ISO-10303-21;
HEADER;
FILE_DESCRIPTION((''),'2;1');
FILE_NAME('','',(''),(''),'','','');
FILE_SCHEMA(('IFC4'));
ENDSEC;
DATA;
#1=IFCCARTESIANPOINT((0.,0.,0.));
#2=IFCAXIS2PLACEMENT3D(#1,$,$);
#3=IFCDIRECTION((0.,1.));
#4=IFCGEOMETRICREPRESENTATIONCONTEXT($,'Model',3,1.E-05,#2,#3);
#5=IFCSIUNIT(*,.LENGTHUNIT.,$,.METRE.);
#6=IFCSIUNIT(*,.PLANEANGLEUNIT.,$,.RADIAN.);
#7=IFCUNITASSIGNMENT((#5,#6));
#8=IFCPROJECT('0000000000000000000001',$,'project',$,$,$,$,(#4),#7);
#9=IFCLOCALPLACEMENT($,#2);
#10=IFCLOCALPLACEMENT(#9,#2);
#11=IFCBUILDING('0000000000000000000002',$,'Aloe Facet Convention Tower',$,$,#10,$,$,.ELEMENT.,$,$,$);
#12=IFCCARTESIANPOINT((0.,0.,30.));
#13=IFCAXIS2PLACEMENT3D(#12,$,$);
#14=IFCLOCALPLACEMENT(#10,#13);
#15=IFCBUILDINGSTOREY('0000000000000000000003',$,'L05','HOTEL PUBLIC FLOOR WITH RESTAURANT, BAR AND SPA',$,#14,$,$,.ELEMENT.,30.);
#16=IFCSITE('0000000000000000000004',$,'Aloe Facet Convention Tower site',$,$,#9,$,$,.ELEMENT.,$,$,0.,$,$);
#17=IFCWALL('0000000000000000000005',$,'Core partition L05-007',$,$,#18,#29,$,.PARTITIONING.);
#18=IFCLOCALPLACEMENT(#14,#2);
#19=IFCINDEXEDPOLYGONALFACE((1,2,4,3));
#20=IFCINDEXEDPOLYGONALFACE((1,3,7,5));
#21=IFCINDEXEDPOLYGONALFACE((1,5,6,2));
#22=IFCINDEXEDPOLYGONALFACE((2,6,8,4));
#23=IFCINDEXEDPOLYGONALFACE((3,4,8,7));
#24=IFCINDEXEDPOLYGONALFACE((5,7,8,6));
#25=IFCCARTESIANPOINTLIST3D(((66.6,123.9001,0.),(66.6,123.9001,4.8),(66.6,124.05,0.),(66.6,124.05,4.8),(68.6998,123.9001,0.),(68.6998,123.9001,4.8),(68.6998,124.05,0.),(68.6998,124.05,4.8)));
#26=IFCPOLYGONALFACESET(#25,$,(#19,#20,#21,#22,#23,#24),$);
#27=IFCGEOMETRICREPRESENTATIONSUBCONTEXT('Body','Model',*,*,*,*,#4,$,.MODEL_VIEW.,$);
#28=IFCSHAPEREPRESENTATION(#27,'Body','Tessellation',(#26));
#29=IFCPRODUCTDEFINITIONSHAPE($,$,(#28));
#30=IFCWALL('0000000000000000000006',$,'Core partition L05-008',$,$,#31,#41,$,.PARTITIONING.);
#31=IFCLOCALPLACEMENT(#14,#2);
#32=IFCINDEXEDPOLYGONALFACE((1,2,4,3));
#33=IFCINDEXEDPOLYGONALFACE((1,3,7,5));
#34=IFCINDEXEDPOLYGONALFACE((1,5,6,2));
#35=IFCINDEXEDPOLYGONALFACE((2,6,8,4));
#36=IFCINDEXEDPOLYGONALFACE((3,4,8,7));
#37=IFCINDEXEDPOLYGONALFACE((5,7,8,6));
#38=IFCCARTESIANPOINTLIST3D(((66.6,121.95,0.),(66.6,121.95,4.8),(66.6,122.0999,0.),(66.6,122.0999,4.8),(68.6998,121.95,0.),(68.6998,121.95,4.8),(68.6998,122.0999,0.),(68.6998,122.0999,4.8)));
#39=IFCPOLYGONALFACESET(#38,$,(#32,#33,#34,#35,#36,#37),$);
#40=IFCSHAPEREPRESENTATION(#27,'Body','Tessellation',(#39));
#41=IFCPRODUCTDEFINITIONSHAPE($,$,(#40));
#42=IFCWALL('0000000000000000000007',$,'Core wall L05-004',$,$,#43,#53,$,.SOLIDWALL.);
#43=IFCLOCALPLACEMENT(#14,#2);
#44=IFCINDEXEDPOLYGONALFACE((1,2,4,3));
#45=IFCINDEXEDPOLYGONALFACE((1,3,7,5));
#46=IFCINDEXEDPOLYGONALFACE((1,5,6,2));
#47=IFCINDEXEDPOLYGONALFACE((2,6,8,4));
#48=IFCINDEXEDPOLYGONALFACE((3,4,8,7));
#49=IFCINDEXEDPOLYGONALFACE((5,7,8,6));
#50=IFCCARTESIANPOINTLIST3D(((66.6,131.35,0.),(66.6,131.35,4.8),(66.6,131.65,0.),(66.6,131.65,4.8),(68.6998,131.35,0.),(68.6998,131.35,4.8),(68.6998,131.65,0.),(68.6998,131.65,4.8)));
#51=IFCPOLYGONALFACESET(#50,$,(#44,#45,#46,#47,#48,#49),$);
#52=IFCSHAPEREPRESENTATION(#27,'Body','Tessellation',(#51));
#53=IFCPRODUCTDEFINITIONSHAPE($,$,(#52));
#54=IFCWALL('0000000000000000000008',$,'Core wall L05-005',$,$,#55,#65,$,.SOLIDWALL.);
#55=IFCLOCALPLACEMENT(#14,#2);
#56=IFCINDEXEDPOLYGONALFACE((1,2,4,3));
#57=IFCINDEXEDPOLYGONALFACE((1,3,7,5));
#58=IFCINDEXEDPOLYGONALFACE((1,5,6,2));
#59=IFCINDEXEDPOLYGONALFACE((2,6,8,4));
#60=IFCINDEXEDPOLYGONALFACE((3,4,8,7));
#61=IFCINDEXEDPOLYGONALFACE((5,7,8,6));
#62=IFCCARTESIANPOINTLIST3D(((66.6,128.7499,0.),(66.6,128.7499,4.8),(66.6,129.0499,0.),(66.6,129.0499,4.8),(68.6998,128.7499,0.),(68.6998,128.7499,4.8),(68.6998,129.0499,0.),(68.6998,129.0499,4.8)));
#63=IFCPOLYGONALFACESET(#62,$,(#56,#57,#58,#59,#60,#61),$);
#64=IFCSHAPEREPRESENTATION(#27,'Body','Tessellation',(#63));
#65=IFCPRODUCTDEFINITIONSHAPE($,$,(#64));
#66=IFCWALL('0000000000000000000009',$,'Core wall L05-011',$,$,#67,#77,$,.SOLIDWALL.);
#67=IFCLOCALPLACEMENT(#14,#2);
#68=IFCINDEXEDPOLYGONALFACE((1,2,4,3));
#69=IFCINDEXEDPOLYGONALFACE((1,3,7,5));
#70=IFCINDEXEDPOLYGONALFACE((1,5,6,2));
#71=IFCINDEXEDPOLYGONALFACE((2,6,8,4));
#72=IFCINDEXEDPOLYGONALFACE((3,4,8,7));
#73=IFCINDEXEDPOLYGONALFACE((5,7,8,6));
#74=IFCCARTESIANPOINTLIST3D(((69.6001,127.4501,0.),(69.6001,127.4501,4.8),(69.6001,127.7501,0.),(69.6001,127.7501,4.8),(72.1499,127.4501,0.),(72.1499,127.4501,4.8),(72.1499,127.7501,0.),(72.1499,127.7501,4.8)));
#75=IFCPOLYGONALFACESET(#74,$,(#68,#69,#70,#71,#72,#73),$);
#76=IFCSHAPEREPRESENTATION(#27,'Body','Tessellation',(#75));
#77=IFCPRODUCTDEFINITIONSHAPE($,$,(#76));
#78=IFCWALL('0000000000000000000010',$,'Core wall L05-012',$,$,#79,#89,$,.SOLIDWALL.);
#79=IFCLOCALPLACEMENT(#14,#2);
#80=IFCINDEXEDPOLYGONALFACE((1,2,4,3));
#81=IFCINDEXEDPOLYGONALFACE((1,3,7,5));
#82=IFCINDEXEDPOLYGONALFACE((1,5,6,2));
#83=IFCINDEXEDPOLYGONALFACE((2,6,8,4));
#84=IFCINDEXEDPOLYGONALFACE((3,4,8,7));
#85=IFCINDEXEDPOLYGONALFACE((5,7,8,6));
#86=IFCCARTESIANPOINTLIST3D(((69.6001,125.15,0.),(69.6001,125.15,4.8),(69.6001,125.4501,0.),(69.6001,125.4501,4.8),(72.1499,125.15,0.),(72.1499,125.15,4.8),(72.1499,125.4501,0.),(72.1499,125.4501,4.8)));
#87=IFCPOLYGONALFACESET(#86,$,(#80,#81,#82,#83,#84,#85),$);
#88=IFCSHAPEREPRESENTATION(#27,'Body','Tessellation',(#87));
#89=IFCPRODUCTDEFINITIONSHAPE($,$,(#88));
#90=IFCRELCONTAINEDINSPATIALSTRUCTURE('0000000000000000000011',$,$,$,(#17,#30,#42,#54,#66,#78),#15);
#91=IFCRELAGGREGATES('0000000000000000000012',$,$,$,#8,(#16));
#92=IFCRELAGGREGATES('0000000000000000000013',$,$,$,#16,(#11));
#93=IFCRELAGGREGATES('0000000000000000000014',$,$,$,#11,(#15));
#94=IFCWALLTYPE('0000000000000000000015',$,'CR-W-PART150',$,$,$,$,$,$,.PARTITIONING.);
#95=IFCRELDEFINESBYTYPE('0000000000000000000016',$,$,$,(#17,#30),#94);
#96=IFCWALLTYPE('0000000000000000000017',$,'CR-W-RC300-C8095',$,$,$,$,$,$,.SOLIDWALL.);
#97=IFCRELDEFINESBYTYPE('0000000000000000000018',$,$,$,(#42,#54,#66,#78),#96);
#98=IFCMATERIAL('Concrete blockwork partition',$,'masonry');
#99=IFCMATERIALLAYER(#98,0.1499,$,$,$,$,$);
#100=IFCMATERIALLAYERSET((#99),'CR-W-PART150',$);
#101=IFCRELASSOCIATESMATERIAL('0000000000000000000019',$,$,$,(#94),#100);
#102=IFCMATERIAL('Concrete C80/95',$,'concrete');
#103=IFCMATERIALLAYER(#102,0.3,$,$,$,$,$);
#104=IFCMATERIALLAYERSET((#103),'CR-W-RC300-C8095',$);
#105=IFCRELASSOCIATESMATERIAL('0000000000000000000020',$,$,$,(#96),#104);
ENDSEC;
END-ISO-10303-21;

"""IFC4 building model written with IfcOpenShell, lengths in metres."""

from ifc_helpers import new_model, si_unit, direction, frame, frame_2d, origin, place, context, subcontext, project, spatial, rectangle, extrude, material, layer, layer_set, type_object, element, save


model = new_model("IFC4")

# Units and contexts
model_context = context("Model", 3, precision=1e-05, world=origin(), true_north=direction((0.0, 1.0)))
body_context = subcontext(model_context, "Body", "Model", "MODEL_VIEW")
ifc_project = project(units=[si_unit("LENGTHUNIT", "METRE"), si_unit("PLANEANGLEUNIT", "RADIAN")], contexts=[model_context])

# Site, building, storey
site_placement = place(None, origin())
site = spatial("IfcSite", under=ifc_project, at=site_placement, Name="Aloe Facet Convention Tower site", CompositionType="ELEMENT", RefElevation=0.0)
building_placement = place(site_placement, origin())
building = spatial("IfcBuilding", under=site, at=building_placement, Name="Aloe Facet Convention Tower", CompositionType="ELEMENT")
storey_placement = place(building_placement, frame((0.0, 0.0, 30.0)))
storey = spatial("IfcBuildingStorey", under=building, at=storey_placement, Name="L05", Description="HOTEL PUBLIC FLOOR WITH RESTAURANT, BAR AND SPA", CompositionType="ELEMENT", Elevation=30.0)

# Walls
ifc_material_1 = material(Name="Concrete blockwork partition", Category="masonry")
ifc_layer_1 = layer(ifc_material_1, 0.1499)
ifc_layer_set_1 = layer_set([ifc_layer_1], Name="CR-W-PART150")
wall_type_1 = type_object("IfcWallType", Name="CR-W-PART150", PredefinedType="PARTITIONING", material=ifc_layer_set_1)
for number, where, z_axis, x_axis, name in (
    (1, (66.6001, 123.9751, 0.0), (0.0, 0.0, 1.0), (1.0, 0.0, 0.0), "Core partition L05-007"),
    (2, (66.6001, 122.0249, 0.0), (0.0, 0.0, 1.0), (1.0, 0.0, 0.0), "Core partition L05-008"),
):
    element("IfcWall", number, at=place(storey_placement, frame(where, z_axis=z_axis, x_axis=x_axis)), inside=storey, type_object=wall_type_1, Name=name, PredefinedType="PARTITIONING", context=body_context, shape_type="SweptSolid", body=[
        extrude(rectangle(XDim=2.0999, YDim=0.1499, at=frame_2d((1.0498, 0.0))), origin(), (0.0, 0.0, 1.0), 4.8),
    ])
ifc_material_2 = material(Name="Concrete C80/95", Category="concrete")
ifc_layer_2 = layer(ifc_material_2, 0.3)
ifc_layer_set_2 = layer_set([ifc_layer_2], Name="CR-W-RC300-C8095")
wall_type_2 = type_object("IfcWallType", Name="CR-W-RC300-C8095", PredefinedType="SOLIDWALL", material=ifc_layer_set_2)
for number, where, z_axis, x_axis, name in (
    (3, (66.6001, 131.5, 0.0), (0.0, 0.0, 1.0), (1.0, 0.0, 0.0), "Core wall L05-004"),
    (4, (66.6001, 128.8999, 0.0), (0.0, 0.0, 1.0), (1.0, 0.0, 0.0), "Core wall L05-005"),
):
    element("IfcWall", number, at=place(storey_placement, frame(where, z_axis=z_axis, x_axis=x_axis)), inside=storey, type_object=wall_type_2, Name=name, PredefinedType="SOLIDWALL", context=body_context, shape_type="SweptSolid", body=[
        extrude(rectangle(XDim=2.0999, YDim=0.3, at=frame_2d((1.0498, 0.0))), origin(), (0.0, 0.0, 1.0), 4.8),
    ])
for number, where, z_axis, x_axis, name in (
    (5, (69.6001, 127.6001, 0.0), (0.0, 0.0, 1.0), (1.0, 0.0, 0.0), "Core wall L05-011"),
    (6, (69.6001, 125.3, 0.0), (0.0, 0.0, 1.0), (1.0, 0.0, 0.0), "Core wall L05-012"),
):
    element("IfcWall", number, at=place(storey_placement, frame(where, z_axis=z_axis, x_axis=x_axis)), inside=storey, type_object=wall_type_2, Name=name, PredefinedType="SOLIDWALL", context=body_context, shape_type="SweptSolid", body=[
        extrude(rectangle(XDim=2.5498, YDim=0.3, at=frame_2d((1.2749, 0.0))), origin(), (0.0, 0.0, 1.0), 4.8),
    ])

save(model, "model.ifc")
